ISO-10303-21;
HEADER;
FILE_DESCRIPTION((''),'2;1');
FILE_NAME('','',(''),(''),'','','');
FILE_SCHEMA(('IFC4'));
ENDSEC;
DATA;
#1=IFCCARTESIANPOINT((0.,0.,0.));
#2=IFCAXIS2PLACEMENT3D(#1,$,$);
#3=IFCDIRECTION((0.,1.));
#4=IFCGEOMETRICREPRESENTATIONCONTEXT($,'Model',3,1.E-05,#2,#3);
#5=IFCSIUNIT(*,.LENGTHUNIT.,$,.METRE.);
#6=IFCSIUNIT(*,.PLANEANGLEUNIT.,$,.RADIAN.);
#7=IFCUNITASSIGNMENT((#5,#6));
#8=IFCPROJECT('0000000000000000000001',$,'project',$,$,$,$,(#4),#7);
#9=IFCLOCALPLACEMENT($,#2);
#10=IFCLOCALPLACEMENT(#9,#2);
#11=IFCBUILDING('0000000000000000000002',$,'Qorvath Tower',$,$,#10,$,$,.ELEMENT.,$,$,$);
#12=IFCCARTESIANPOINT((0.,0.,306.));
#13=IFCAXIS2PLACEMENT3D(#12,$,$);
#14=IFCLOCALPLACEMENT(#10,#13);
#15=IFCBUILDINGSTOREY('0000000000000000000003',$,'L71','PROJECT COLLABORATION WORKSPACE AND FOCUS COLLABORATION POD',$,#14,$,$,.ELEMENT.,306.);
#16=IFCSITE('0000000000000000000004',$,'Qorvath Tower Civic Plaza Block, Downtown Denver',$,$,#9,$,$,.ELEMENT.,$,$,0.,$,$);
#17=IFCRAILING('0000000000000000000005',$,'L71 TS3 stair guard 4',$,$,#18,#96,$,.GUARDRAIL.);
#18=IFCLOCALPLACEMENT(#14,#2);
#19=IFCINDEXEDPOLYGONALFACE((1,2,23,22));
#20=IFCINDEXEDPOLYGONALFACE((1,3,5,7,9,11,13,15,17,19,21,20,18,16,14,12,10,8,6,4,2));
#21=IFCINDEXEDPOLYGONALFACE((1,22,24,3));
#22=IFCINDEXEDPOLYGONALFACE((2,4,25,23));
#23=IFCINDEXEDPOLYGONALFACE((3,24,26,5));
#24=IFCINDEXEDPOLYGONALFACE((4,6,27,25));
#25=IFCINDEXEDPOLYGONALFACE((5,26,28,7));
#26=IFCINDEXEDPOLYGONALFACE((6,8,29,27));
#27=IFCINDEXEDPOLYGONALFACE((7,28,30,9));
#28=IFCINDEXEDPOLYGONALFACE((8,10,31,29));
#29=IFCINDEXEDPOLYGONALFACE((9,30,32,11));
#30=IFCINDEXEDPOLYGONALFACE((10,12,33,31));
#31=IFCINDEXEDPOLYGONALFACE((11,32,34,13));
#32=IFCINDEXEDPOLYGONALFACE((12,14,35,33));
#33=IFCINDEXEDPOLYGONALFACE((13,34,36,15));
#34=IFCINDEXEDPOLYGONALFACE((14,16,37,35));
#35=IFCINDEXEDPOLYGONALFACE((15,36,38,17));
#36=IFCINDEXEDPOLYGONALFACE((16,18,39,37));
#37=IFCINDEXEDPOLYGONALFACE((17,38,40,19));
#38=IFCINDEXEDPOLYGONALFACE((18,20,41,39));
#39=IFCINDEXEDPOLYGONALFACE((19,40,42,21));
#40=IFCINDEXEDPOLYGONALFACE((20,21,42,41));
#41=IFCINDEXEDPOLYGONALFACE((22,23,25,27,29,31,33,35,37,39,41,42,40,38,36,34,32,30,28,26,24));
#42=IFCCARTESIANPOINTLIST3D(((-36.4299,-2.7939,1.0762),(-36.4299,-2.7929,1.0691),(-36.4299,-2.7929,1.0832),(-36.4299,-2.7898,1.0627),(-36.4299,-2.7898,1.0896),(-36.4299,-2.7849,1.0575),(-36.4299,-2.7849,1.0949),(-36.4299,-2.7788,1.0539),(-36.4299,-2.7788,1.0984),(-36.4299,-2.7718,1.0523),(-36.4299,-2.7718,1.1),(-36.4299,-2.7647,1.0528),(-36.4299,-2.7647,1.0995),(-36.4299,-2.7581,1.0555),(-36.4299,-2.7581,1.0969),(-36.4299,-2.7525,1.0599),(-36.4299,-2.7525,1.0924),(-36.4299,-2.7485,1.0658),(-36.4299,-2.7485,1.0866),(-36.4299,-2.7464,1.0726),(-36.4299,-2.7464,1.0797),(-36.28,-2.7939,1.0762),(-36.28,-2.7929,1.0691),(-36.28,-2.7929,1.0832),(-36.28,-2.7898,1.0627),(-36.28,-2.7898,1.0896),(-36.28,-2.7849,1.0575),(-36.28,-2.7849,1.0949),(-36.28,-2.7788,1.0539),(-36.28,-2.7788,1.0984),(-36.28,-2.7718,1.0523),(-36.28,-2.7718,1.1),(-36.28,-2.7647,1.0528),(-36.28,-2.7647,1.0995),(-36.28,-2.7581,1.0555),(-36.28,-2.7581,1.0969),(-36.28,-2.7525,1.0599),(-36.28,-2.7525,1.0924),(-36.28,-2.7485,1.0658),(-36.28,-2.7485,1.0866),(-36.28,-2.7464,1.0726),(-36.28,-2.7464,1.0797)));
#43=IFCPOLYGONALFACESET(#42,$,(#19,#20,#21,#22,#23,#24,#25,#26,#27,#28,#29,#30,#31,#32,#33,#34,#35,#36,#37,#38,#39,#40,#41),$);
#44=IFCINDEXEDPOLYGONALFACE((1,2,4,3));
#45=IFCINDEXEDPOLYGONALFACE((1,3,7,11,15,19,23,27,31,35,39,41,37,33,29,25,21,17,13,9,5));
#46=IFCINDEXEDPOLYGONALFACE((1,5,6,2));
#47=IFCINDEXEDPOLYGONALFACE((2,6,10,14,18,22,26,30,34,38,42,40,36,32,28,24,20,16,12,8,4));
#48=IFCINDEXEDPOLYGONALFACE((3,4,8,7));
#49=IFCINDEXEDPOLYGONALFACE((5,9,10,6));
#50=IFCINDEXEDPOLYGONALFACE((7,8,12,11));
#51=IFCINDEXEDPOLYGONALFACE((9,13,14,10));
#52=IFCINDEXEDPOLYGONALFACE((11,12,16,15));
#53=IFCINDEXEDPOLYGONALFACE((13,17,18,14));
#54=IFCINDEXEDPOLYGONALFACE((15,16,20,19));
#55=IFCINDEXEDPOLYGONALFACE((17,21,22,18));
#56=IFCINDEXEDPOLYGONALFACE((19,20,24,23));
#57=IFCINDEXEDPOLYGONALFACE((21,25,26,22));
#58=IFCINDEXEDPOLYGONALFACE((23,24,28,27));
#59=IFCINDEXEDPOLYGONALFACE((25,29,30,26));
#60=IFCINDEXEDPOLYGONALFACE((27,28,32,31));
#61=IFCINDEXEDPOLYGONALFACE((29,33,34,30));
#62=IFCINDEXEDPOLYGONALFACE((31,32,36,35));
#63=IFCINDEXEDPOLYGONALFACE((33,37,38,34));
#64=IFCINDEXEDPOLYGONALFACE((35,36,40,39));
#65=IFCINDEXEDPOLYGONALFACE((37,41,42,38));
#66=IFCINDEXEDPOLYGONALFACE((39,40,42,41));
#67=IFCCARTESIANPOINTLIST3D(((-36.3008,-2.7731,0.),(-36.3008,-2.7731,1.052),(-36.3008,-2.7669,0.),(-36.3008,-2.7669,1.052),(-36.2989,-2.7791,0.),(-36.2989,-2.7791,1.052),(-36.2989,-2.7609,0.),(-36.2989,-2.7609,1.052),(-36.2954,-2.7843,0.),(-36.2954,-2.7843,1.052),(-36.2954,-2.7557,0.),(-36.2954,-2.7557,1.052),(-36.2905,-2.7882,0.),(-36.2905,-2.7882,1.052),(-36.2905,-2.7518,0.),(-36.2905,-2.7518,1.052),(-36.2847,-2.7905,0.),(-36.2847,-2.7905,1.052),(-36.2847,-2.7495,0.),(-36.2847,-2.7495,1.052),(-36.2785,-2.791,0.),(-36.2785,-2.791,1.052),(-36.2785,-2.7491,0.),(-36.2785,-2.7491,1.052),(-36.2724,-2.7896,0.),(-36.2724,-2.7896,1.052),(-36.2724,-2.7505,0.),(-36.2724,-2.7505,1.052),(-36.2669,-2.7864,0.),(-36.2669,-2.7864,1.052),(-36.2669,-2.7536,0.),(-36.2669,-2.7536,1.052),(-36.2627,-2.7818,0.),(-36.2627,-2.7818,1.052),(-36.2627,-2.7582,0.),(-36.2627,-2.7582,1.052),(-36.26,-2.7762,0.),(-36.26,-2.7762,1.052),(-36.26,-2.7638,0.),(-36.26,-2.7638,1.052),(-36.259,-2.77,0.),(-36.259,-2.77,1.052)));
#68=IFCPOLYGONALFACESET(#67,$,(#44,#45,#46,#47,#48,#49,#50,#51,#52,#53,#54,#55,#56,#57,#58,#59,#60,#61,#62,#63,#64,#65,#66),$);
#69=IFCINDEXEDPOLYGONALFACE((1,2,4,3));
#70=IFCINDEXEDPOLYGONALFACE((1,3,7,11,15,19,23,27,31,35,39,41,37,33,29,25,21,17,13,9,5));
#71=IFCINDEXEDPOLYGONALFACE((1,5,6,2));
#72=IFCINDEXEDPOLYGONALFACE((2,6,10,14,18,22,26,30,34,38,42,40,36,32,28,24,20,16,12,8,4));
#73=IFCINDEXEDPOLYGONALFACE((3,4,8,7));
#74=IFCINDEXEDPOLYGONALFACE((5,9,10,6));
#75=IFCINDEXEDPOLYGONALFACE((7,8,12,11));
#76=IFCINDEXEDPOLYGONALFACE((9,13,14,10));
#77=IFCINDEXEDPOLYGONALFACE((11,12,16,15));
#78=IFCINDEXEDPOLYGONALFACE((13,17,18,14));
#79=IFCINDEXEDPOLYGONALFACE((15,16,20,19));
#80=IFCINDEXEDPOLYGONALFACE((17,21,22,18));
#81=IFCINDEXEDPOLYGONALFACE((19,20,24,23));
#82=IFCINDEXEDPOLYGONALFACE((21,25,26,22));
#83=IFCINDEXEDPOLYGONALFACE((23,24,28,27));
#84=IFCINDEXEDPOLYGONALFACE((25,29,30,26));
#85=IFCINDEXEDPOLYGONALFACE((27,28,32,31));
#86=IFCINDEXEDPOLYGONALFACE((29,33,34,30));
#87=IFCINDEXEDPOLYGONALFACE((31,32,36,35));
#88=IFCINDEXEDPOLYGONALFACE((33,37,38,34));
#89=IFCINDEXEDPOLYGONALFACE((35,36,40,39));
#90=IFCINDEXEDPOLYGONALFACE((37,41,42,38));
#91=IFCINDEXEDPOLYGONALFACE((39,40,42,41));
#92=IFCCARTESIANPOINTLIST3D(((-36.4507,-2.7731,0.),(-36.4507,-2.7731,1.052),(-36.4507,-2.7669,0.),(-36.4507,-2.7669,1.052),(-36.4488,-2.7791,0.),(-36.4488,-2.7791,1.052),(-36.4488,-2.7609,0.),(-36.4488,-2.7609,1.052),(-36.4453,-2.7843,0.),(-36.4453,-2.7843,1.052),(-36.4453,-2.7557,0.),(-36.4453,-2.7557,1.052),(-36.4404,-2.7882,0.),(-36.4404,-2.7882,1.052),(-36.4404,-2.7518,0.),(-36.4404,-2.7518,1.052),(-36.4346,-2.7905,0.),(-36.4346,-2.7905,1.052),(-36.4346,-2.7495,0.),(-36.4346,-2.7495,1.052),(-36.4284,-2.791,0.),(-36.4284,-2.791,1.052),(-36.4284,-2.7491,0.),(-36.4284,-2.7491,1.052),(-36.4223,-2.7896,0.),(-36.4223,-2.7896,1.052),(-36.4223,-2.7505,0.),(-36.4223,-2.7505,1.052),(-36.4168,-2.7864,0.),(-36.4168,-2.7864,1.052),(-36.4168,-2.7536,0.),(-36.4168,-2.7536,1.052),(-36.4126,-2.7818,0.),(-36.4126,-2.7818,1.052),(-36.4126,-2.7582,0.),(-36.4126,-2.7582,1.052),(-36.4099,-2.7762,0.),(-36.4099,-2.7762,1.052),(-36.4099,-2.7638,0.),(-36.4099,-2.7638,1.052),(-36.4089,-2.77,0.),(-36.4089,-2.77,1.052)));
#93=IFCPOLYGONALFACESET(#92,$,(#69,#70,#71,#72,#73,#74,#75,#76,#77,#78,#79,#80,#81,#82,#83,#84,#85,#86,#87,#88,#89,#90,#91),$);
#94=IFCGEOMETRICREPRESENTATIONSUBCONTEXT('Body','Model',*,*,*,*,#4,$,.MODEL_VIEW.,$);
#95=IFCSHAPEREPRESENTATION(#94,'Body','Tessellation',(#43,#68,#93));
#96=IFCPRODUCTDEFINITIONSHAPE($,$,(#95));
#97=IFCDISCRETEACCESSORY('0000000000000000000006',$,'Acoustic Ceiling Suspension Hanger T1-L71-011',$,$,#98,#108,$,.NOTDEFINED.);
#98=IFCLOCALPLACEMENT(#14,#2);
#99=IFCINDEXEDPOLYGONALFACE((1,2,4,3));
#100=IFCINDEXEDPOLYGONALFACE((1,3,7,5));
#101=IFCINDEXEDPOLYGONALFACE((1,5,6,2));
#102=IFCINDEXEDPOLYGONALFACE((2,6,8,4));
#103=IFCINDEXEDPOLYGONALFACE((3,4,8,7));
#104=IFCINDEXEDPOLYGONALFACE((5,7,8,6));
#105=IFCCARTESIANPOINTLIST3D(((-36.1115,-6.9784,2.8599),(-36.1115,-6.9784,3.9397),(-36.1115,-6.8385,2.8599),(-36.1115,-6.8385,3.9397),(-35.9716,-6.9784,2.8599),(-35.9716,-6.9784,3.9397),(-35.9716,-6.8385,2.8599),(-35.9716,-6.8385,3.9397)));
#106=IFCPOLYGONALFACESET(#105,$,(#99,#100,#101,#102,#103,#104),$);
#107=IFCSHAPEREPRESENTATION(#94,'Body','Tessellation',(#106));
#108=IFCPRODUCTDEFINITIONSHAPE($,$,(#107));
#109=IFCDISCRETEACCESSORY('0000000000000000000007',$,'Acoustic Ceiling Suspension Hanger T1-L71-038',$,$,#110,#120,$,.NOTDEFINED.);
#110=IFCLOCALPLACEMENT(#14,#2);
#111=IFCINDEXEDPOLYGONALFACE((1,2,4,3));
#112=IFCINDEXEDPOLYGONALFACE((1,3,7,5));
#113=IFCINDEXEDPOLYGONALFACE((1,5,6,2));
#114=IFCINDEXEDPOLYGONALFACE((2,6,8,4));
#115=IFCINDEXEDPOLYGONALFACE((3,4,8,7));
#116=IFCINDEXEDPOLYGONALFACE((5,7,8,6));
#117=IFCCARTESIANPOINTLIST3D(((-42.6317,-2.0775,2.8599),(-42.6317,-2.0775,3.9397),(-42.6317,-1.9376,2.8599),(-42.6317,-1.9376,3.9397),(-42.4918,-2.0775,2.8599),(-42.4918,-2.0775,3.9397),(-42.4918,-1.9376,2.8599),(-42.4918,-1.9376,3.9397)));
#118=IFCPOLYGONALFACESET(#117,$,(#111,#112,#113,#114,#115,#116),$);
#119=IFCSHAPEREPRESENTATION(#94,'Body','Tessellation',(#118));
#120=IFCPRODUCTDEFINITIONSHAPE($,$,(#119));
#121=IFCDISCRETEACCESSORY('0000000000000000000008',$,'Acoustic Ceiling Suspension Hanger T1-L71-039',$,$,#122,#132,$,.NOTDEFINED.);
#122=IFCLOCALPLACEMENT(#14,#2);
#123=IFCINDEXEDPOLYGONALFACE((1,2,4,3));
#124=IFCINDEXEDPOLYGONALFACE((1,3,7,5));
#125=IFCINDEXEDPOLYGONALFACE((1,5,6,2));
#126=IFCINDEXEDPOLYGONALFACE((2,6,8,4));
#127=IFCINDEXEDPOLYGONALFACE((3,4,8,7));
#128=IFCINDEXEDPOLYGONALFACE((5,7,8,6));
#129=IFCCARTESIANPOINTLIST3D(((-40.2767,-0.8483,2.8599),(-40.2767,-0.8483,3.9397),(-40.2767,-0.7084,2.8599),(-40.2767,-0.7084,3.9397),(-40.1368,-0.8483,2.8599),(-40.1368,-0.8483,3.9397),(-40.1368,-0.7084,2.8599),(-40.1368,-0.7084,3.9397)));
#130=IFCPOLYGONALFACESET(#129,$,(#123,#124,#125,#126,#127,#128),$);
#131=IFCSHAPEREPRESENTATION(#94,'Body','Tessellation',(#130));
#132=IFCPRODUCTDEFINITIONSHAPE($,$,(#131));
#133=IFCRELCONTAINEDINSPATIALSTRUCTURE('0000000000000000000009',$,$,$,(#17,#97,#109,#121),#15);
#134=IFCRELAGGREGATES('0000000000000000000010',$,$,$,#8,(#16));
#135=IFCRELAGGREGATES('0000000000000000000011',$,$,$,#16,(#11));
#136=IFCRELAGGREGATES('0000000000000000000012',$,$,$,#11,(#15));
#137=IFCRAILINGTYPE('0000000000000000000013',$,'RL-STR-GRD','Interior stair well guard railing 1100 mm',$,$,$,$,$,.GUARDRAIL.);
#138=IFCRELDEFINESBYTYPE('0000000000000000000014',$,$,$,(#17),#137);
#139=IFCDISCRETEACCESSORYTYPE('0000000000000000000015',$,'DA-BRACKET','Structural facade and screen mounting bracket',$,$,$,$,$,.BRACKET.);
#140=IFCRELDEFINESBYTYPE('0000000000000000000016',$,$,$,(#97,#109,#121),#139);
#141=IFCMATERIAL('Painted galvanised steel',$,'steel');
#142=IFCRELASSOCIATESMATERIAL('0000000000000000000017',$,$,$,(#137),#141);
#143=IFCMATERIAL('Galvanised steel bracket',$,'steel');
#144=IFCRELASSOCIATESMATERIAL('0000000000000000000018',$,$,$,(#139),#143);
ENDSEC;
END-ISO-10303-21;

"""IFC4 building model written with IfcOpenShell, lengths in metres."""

from ifc_helpers import new_model, si_unit, direction, frame, origin, origin_2d, place, context, subcontext, project, spatial, rectangle, circle, extrude, material, type_object, element, save


model = new_model("IFC4")

# Units and contexts
model_context = context("Model", 3, precision=1e-05, world=origin(), true_north=direction((0.0, 1.0)))
body_context = subcontext(model_context, "Body", "Model", "MODEL_VIEW")
ifc_project = project(units=[si_unit("LENGTHUNIT", "METRE"), si_unit("PLANEANGLEUNIT", "RADIAN")], contexts=[model_context])

# Site, building, storey
site_placement = place(None, origin())
site = spatial("IfcSite", under=ifc_project, at=site_placement, Name="Qorvath Tower Civic Plaza Block, Downtown Denver", CompositionType="ELEMENT", RefElevation=0.0)
building_placement = place(site_placement, origin())
building = spatial("IfcBuilding", under=site, at=building_placement, Name="Qorvath Tower", CompositionType="ELEMENT")
storey_placement = place(building_placement, frame((0.0, 0.0, 306.0)))
storey = spatial("IfcBuildingStorey", under=building, at=storey_placement, Name="L71", Description="PROJECT COLLABORATION WORKSPACE AND FOCUS COLLABORATION POD", CompositionType="ELEMENT", Elevation=306.0)

# Railing
ifc_material_1 = material(Name="Painted galvanised steel", Category="steel")
railing_type = type_object("IfcRailingType", Name="RL-STR-GRD", Description="Interior stair well guard railing 1100 mm", PredefinedType="GUARDRAIL", material=ifc_material_1)
railing_1_placement = place(storey_placement, frame((-36.28, -2.77, 0.0)))
element("IfcRailing", 1, at=railing_1_placement, inside=storey, type_object=railing_type, Name="L71 TS3 stair guard 4", PredefinedType="GUARDRAIL", context=body_context, shape_type="SweptSolid", body=[
    extrude(circle(Radius=0.0239, at=origin_2d()), frame((0.0, 0.0, 1.0762), z_axis=(-1.0, 0.0, 0.0), x_axis=(0.0, -1.0, 0.0)), (0.0, 0.0, 1.0), 0.1499),
    extrude(circle(Radius=0.021, at=origin_2d()), origin(), (0.0, 0.0, 1.0), 1.052),
    extrude(circle(Radius=0.021, at=origin_2d()), frame((-0.1499, 0.0, 0.0)), (0.0, 0.0, 1.0), 1.052),
])

# Discrete accessories
ifc_material_2 = material(Name="Galvanised steel bracket", Category="steel")
discrete_accessory_type = type_object("IfcDiscreteAccessoryType", Name="DA-BRACKET", Description="Structural facade and screen mounting bracket", PredefinedType="BRACKET", material=ifc_material_2)
for number, where, z_axis, x_axis, name in (
    (2, (-36.0415, -6.9084, 2.8599), (0.0, 0.0, 1.0), (1.0, 0.0, 0.0), "Acoustic Ceiling Suspension Hanger T1-L71-011"),
    (3, (-42.5618, -2.0076, 2.8599), (0.0, 0.0, 1.0), (1.0, 0.0, 0.0), "Acoustic Ceiling Suspension Hanger T1-L71-038"),
    (4, (-40.2068, -0.7783, 2.8599), (0.0, 0.0, 1.0), (1.0, 0.0, 0.0), "Acoustic Ceiling Suspension Hanger T1-L71-039"),
):
    element("IfcDiscreteAccessory", number, at=place(storey_placement, frame(where, z_axis=z_axis, x_axis=x_axis)), inside=storey, type_object=discrete_accessory_type, Name=name, PredefinedType="NOTDEFINED", context=body_context, shape_type="SweptSolid", body=[
        extrude(rectangle(XDim=0.1399, YDim=0.1399, at=origin_2d()), origin(), (0.0, 0.0, 1.0), 1.0798),
    ])

save(model, "model.ifc")
